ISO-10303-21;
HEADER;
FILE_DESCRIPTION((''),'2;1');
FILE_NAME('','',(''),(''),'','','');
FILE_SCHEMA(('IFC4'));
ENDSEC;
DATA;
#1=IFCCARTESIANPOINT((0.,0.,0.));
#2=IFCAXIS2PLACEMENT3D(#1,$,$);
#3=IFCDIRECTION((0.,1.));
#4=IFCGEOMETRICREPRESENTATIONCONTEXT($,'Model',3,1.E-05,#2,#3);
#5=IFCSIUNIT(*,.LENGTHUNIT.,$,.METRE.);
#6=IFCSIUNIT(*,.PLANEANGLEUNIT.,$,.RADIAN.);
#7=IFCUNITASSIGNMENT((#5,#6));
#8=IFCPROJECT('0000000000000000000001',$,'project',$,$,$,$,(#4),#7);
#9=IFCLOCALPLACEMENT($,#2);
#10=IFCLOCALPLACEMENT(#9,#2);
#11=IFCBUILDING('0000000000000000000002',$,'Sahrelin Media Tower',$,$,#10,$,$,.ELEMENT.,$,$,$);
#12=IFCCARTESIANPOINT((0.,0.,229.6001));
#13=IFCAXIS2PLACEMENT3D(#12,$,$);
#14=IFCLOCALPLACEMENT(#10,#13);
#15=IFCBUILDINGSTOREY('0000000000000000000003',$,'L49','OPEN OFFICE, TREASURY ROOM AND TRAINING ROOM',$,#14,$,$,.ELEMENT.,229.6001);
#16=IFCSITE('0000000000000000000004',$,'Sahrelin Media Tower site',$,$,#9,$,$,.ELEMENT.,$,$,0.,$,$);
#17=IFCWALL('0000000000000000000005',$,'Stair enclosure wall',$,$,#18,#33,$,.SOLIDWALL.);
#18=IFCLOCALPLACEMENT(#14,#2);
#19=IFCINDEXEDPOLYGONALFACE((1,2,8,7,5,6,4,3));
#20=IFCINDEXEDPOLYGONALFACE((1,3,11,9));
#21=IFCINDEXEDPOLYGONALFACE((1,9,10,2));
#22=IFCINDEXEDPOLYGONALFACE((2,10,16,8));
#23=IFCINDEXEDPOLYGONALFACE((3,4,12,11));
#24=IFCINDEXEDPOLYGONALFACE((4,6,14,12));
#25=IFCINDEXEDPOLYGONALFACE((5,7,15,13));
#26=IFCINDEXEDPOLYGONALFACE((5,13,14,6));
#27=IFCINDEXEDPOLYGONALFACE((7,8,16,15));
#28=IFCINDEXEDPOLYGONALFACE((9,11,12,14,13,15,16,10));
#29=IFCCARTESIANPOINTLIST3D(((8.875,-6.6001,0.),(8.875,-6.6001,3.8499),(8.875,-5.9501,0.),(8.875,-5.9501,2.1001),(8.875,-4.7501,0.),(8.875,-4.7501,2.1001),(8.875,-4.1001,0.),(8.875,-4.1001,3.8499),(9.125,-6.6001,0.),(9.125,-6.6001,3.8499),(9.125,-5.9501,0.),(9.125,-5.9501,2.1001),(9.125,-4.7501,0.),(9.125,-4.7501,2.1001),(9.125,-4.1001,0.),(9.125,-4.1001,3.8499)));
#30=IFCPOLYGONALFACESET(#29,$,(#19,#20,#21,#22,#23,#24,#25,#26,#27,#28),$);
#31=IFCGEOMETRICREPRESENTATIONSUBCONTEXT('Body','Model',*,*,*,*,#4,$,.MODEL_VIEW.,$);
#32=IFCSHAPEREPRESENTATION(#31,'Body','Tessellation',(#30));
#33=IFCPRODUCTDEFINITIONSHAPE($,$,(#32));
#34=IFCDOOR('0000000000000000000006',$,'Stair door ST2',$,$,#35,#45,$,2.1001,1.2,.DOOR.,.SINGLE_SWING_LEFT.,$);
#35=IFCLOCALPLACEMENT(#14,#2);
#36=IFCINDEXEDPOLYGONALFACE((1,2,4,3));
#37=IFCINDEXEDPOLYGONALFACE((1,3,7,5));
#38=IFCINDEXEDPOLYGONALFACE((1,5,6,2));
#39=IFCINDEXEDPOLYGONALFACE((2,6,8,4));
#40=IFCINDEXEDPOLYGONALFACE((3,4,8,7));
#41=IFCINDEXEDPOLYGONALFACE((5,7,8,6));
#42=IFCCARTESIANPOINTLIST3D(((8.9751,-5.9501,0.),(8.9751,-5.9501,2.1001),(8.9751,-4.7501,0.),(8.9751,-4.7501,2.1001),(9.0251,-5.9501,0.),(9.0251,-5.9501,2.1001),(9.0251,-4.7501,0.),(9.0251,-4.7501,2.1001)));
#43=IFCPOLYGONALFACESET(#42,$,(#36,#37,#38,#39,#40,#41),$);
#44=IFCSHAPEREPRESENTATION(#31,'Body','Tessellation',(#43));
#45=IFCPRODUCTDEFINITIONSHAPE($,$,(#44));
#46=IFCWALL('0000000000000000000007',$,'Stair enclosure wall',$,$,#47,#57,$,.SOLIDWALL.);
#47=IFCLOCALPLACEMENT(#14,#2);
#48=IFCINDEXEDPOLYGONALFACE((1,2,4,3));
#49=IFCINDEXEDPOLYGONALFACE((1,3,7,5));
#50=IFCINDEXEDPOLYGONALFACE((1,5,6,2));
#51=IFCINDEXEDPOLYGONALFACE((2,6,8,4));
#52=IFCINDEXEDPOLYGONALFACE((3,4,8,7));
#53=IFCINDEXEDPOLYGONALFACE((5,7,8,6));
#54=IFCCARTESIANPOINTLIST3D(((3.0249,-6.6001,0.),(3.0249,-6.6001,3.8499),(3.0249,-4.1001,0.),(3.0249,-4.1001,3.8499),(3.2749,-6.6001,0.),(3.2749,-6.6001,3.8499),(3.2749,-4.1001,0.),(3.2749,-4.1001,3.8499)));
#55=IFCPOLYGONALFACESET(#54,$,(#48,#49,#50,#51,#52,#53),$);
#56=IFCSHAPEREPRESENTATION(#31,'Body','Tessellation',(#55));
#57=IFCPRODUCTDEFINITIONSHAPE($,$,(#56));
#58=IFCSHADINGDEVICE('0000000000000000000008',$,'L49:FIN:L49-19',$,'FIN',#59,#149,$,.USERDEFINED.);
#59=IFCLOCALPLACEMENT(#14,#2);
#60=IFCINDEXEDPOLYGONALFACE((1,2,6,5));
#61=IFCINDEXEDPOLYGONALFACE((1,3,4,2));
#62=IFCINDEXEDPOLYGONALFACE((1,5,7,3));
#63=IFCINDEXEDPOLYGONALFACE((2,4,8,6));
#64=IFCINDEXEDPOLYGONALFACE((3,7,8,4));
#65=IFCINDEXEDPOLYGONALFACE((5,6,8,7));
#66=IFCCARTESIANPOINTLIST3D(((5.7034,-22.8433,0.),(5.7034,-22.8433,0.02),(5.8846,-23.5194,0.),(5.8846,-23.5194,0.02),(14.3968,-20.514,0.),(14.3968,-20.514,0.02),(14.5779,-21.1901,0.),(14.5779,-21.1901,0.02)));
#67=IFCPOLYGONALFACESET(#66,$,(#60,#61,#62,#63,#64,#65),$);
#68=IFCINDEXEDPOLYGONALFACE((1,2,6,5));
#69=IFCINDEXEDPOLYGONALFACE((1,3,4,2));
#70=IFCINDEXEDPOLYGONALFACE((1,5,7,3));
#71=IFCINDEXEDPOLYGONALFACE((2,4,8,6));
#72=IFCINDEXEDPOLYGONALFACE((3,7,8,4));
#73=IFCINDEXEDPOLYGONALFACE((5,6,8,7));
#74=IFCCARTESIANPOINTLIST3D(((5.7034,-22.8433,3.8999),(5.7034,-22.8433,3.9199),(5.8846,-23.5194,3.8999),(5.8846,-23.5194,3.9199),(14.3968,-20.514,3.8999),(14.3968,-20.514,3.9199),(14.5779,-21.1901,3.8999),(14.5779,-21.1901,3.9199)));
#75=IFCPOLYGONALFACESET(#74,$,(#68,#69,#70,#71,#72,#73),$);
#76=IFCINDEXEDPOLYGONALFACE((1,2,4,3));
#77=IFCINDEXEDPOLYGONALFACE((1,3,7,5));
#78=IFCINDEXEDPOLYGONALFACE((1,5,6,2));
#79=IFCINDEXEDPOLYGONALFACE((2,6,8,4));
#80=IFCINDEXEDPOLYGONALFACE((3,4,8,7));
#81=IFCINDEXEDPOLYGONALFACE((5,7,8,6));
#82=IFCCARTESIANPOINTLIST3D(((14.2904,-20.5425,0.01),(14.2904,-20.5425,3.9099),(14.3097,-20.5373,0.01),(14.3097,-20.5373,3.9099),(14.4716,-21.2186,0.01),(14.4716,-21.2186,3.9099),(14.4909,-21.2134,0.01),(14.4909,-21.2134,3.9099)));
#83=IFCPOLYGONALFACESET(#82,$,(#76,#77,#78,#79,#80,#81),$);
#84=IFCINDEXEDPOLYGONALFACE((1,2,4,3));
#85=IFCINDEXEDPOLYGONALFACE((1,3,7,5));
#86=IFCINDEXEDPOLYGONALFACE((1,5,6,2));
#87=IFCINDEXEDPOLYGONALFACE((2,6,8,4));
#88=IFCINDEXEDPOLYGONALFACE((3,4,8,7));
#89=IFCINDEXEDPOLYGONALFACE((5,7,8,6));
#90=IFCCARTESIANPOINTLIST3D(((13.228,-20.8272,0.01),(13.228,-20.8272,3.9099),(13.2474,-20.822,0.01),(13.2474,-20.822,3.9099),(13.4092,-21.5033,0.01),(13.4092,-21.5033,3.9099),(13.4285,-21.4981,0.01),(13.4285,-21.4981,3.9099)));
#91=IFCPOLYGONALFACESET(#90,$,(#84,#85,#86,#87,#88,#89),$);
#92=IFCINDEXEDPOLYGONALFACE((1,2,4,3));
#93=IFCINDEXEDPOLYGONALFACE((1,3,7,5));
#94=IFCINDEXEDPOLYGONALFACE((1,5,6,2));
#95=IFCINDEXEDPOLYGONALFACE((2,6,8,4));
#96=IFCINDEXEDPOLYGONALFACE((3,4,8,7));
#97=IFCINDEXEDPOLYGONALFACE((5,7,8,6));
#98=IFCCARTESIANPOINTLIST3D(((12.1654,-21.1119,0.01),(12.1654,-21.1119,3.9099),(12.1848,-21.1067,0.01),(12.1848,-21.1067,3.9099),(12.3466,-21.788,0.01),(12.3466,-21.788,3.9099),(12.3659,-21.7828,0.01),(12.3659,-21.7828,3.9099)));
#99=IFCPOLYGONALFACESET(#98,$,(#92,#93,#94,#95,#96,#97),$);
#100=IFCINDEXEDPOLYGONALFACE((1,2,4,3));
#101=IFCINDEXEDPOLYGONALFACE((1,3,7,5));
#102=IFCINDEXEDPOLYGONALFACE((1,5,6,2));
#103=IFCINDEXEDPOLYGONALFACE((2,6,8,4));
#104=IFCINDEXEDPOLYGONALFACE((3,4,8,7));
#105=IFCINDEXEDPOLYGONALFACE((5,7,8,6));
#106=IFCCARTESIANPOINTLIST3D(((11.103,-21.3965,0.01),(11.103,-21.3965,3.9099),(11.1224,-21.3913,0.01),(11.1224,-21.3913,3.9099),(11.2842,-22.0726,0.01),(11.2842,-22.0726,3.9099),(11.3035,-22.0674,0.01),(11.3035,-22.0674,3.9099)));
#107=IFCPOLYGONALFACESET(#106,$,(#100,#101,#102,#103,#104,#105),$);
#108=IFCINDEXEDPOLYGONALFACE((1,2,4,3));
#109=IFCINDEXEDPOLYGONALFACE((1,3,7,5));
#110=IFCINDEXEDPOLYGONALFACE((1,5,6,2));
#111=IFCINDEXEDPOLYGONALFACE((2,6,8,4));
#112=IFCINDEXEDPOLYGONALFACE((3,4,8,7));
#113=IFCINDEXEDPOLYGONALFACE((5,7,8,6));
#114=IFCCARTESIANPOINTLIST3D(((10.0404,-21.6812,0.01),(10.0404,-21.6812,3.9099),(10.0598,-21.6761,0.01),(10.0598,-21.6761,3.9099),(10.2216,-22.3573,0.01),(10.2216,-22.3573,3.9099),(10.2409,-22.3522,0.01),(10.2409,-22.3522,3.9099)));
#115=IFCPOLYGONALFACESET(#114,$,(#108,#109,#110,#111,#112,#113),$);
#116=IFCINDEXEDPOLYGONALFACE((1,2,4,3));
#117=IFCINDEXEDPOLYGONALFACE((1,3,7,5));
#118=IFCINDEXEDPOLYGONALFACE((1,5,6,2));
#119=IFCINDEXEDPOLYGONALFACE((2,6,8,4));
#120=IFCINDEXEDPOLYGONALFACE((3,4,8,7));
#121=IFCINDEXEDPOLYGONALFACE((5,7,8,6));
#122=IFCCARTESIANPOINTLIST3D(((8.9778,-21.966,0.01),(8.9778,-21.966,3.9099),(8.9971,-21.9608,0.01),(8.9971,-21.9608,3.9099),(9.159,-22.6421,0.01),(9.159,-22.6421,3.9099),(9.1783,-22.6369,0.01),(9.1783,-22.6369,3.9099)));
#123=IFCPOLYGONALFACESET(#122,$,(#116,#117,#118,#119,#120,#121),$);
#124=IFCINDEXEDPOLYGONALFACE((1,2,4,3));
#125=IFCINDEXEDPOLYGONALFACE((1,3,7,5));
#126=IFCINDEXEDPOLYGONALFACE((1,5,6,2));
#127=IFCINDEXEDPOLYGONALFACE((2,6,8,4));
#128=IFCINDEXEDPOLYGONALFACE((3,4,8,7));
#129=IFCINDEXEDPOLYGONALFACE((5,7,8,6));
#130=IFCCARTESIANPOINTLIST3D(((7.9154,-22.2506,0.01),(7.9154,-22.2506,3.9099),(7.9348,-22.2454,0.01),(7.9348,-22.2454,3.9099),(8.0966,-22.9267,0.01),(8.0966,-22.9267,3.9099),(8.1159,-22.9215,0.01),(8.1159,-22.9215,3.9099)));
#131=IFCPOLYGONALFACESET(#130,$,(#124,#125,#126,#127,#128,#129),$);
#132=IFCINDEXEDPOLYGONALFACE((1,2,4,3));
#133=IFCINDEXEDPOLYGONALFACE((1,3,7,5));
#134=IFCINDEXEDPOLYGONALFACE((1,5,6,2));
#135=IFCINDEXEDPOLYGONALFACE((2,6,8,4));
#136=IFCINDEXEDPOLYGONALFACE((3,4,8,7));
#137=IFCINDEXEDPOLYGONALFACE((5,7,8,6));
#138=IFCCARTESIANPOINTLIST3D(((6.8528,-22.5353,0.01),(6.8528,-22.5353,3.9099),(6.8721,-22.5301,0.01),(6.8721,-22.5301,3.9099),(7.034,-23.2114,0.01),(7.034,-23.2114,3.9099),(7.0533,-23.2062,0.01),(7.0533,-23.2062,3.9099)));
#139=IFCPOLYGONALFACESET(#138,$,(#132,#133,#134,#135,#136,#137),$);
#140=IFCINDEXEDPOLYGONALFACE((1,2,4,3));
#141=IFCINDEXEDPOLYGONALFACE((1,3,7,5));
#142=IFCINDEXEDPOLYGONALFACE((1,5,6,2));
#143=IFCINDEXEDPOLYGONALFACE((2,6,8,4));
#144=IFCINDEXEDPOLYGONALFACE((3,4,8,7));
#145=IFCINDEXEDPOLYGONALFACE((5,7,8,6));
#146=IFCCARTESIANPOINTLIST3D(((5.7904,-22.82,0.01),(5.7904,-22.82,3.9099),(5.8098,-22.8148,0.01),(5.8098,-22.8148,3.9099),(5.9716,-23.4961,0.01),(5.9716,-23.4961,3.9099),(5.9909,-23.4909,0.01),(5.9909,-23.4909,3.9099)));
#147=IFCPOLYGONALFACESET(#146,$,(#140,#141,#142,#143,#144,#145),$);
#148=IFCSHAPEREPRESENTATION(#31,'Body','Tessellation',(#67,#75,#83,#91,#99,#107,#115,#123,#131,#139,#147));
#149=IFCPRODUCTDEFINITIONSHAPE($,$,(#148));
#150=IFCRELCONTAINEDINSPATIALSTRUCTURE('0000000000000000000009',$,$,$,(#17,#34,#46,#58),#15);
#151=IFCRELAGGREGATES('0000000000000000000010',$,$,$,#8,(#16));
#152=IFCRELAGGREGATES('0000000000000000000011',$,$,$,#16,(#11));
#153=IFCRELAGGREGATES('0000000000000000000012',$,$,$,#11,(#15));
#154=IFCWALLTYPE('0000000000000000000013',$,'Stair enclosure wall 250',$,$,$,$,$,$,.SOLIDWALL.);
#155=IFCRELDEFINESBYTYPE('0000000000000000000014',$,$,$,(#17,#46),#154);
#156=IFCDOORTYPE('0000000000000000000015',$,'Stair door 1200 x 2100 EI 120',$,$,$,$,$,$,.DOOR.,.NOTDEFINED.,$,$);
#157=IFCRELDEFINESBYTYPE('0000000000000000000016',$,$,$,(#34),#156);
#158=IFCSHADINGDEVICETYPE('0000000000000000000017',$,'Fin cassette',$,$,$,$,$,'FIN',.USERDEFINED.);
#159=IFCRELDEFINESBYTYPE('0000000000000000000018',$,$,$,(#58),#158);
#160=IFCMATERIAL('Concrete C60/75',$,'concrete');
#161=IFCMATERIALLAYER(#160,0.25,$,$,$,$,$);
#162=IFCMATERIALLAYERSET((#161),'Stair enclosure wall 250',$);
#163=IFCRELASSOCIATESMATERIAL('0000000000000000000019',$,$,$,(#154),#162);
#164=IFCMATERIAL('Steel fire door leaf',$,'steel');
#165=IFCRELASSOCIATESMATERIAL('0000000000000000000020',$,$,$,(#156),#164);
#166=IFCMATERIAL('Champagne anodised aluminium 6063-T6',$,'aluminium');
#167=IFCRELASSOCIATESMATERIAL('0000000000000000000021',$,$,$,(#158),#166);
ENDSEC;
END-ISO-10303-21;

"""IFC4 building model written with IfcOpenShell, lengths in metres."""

from ifc_helpers import new_model, si_unit, direction, frame, frame_2d, origin, origin_2d, place, context, subcontext, project, spatial, rectangle, extrude, material, layer, layer_set, type_object, element, fill, save


model = new_model("IFC4")

# Units and contexts
model_context = context("Model", 3, precision=1e-05, world=origin(), true_north=direction((0.0, 1.0)))
body_context = subcontext(model_context, "Body", "Model", "MODEL_VIEW")
ifc_project = project(units=[si_unit("LENGTHUNIT", "METRE"), si_unit("PLANEANGLEUNIT", "RADIAN")], contexts=[model_context])

# Site, building, storey
site_placement = place(None, origin())
site = spatial("IfcSite", under=ifc_project, at=site_placement, Name="Sahrelin Media Tower site", CompositionType="ELEMENT", RefElevation=0.0)
building_placement = place(site_placement, origin())
building = spatial("IfcBuilding", under=site, at=building_placement, Name="Sahrelin Media Tower", CompositionType="ELEMENT")
storey_placement = place(building_placement, frame((0.0, 0.0, 229.6001)))
storey = spatial("IfcBuildingStorey", under=building, at=storey_placement, Name="L49", Description="OPEN OFFICE, TREASURY ROOM AND TRAINING ROOM", CompositionType="ELEMENT", Elevation=229.6001)

# Shared definitions
ifc_material_1 = material(Name="Champagne anodised aluminium 6063-T6", Category="aluminium")

# Wall, opening, door
ifc_material_2 = material(Name="Concrete C60/75", Category="concrete")
ifc_layer_1 = layer(ifc_material_2, 0.25)
ifc_layer_set_1 = layer_set([ifc_layer_1], Name="Stair enclosure wall 250")
wall_type_1 = type_object("IfcWallType", Name="Stair enclosure wall 250", PredefinedType="SOLIDWALL", material=ifc_layer_set_1)
wall_1_placement = place(storey_placement, frame((9.0, -6.6001, 0.0), z_axis=(0.0, 0.0, 1.0), x_axis=(0.0, 1.0, 0.0)))
wall_1 = element("IfcWall", 1, at=wall_1_placement, inside=storey, type_object=wall_type_1, Name="Stair enclosure wall", PredefinedType="SOLIDWALL", context=body_context, shape_type="SweptSolid", body=[
    extrude(rectangle(XDim=2.5, YDim=0.25, at=frame_2d((1.25, 0.0))), origin(), (0.0, 0.0, 1.0), 3.8499),
])
opening_placement = place(wall_1_placement, frame((0.6499, 0.0, 0.0)))
opening = element("IfcOpeningElement", 2, at=opening_placement, cuts=wall_1, PredefinedType="OPENING", context=body_context, shape_type="SweptSolid", body=[
    extrude(rectangle(XDim=1.2, YDim=2.1001, at=frame_2d((0.6001, 1.05))), frame((0.0, 0.125, 0.0), z_axis=(0.0, -1.0, 0.0), x_axis=(1.0, 0.0, 0.0)), (0.0, 0.0, 1.0), 0.25),
])
ifc_material_3 = material(Name="Steel fire door leaf", Category="steel")
door_type = type_object("IfcDoorType", Name="Stair door 1200 x 2100 EI 120", OperationType="NOTDEFINED", PredefinedType="DOOR", material=ifc_material_3)
door_placement = place(opening_placement, origin())
door = element("IfcDoor", 3, at=door_placement, inside=storey, type_object=door_type, Name="Stair door ST2", OperationType="SINGLE_SWING_LEFT", OverallHeight=2.1001, OverallWidth=1.2, PredefinedType="DOOR", context=body_context, shape_type="SweptSolid", body=[
    extrude(rectangle(XDim=1.2, YDim=2.1001, at=frame_2d((0.6001, 1.05))), frame((0.0, 0.0249, 0.0), z_axis=(0.0, -1.0, 0.0), x_axis=(1.0, 0.0, 0.0)), (0.0, 0.0, 1.0), 0.05),
])
fill(opening, door)

# Wall
wall_2_placement = place(storey_placement, frame((3.1499, -6.6001, 0.0), z_axis=(0.0, 0.0, 1.0), x_axis=(0.0, 1.0, 0.0)))
element("IfcWall", 4, at=wall_2_placement, inside=storey, type_object=wall_type_1, Name="Stair enclosure wall", PredefinedType="SOLIDWALL", context=body_context, shape_type="SweptSolid", body=[
    extrude(rectangle(XDim=2.5, YDim=0.25, at=frame_2d((1.25, 0.0))), origin(), (0.0, 0.0, 1.0), 3.8499),
])

# Shading device
shading_device_type_1 = type_object("IfcShadingDeviceType", Name="Fin cassette", ElementType="FIN", PredefinedType="USERDEFINED", material=ifc_material_1)
placement = place(storey_placement, frame((10.032, -21.6111, 0.0), z_axis=(0.0, 0.0, 1.0), x_axis=(-0.965929, -0.258808, 0.0)))
element("IfcShadingDevice", 5, at=placement, inside=storey, type_object=shading_device_type_1, Name="L49:FIN:L49-19", ObjectType="FIN", PredefinedType="USERDEFINED", context=body_context, shape_type="SweptSolid", body=[
    extrude(rectangle(XDim=9.0, YDim=0.7, at=origin_2d()), frame((0.0, 0.4199, 0.0)), (0.0, 0.0, 1.0), 0.02),
    extrude(rectangle(XDim=9.0, YDim=0.7, at=origin_2d()), frame((0.0, 0.4199, 3.8999)), (0.0, 0.0, 1.0), 0.02),
    extrude(rectangle(XDim=0.02, YDim=0.7, at=origin_2d()), frame((-4.3999, 0.4199, 0.01), z_axis=(0.0, 0.0, 1.0), x_axis=(1.0, 0.0, 0.0)), (0.0, 0.0, 1.0), 3.8999),
    extrude(rectangle(XDim=0.02, YDim=0.7, at=origin_2d()), frame((-3.3, 0.4199, 0.01), z_axis=(0.0, 0.0, 1.0), x_axis=(1.0, 0.0, 0.0)), (0.0, 0.0, 1.0), 3.8999),
    extrude(rectangle(XDim=0.02, YDim=0.7, at=origin_2d()), frame((-2.2, 0.4199, 0.01), z_axis=(0.0, 0.0, 1.0), x_axis=(1.0, 0.0, 0.0)), (0.0, 0.0, 1.0), 3.8999),
    extrude(rectangle(XDim=0.02, YDim=0.7, at=origin_2d()), frame((-1.1001, 0.4199, 0.01), z_axis=(0.0, 0.0, 1.0), x_axis=(1.0, 0.0, 0.0)), (0.0, 0.0, 1.0), 3.8999),
    extrude(rectangle(XDim=0.02, YDim=0.7, at=origin_2d()), frame((0.0, 0.4199, 0.01), z_axis=(0.0, 0.0, 1.0), x_axis=(1.0, 0.0, 0.0)), (0.0, 0.0, 1.0), 3.8999),
    extrude(rectangle(XDim=0.02, YDim=0.7, at=origin_2d()), frame((1.1001, 0.4199, 0.01), z_axis=(0.0, 0.0, 1.0), x_axis=(1.0, 0.0, 0.0)), (0.0, 0.0, 1.0), 3.8999),
    extrude(rectangle(XDim=0.02, YDim=0.7, at=origin_2d()), frame((2.2, 0.4199, 0.01), z_axis=(0.0, 0.0, 1.0), x_axis=(1.0, 0.0, 0.0)), (0.0, 0.0, 1.0), 3.8999),
    extrude(rectangle(XDim=0.02, YDim=0.7, at=origin_2d()), frame((3.3, 0.4199, 0.01), z_axis=(0.0, 0.0, 1.0), x_axis=(1.0, 0.0, 0.0)), (0.0, 0.0, 1.0), 3.8999),
    extrude(rectangle(XDim=0.02, YDim=0.7, at=origin_2d()), frame((4.3999, 0.4199, 0.01), z_axis=(0.0, 0.0, 1.0), x_axis=(1.0, 0.0, 0.0)), (0.0, 0.0, 1.0), 3.8999),
])

save(model, "model.ifc")
